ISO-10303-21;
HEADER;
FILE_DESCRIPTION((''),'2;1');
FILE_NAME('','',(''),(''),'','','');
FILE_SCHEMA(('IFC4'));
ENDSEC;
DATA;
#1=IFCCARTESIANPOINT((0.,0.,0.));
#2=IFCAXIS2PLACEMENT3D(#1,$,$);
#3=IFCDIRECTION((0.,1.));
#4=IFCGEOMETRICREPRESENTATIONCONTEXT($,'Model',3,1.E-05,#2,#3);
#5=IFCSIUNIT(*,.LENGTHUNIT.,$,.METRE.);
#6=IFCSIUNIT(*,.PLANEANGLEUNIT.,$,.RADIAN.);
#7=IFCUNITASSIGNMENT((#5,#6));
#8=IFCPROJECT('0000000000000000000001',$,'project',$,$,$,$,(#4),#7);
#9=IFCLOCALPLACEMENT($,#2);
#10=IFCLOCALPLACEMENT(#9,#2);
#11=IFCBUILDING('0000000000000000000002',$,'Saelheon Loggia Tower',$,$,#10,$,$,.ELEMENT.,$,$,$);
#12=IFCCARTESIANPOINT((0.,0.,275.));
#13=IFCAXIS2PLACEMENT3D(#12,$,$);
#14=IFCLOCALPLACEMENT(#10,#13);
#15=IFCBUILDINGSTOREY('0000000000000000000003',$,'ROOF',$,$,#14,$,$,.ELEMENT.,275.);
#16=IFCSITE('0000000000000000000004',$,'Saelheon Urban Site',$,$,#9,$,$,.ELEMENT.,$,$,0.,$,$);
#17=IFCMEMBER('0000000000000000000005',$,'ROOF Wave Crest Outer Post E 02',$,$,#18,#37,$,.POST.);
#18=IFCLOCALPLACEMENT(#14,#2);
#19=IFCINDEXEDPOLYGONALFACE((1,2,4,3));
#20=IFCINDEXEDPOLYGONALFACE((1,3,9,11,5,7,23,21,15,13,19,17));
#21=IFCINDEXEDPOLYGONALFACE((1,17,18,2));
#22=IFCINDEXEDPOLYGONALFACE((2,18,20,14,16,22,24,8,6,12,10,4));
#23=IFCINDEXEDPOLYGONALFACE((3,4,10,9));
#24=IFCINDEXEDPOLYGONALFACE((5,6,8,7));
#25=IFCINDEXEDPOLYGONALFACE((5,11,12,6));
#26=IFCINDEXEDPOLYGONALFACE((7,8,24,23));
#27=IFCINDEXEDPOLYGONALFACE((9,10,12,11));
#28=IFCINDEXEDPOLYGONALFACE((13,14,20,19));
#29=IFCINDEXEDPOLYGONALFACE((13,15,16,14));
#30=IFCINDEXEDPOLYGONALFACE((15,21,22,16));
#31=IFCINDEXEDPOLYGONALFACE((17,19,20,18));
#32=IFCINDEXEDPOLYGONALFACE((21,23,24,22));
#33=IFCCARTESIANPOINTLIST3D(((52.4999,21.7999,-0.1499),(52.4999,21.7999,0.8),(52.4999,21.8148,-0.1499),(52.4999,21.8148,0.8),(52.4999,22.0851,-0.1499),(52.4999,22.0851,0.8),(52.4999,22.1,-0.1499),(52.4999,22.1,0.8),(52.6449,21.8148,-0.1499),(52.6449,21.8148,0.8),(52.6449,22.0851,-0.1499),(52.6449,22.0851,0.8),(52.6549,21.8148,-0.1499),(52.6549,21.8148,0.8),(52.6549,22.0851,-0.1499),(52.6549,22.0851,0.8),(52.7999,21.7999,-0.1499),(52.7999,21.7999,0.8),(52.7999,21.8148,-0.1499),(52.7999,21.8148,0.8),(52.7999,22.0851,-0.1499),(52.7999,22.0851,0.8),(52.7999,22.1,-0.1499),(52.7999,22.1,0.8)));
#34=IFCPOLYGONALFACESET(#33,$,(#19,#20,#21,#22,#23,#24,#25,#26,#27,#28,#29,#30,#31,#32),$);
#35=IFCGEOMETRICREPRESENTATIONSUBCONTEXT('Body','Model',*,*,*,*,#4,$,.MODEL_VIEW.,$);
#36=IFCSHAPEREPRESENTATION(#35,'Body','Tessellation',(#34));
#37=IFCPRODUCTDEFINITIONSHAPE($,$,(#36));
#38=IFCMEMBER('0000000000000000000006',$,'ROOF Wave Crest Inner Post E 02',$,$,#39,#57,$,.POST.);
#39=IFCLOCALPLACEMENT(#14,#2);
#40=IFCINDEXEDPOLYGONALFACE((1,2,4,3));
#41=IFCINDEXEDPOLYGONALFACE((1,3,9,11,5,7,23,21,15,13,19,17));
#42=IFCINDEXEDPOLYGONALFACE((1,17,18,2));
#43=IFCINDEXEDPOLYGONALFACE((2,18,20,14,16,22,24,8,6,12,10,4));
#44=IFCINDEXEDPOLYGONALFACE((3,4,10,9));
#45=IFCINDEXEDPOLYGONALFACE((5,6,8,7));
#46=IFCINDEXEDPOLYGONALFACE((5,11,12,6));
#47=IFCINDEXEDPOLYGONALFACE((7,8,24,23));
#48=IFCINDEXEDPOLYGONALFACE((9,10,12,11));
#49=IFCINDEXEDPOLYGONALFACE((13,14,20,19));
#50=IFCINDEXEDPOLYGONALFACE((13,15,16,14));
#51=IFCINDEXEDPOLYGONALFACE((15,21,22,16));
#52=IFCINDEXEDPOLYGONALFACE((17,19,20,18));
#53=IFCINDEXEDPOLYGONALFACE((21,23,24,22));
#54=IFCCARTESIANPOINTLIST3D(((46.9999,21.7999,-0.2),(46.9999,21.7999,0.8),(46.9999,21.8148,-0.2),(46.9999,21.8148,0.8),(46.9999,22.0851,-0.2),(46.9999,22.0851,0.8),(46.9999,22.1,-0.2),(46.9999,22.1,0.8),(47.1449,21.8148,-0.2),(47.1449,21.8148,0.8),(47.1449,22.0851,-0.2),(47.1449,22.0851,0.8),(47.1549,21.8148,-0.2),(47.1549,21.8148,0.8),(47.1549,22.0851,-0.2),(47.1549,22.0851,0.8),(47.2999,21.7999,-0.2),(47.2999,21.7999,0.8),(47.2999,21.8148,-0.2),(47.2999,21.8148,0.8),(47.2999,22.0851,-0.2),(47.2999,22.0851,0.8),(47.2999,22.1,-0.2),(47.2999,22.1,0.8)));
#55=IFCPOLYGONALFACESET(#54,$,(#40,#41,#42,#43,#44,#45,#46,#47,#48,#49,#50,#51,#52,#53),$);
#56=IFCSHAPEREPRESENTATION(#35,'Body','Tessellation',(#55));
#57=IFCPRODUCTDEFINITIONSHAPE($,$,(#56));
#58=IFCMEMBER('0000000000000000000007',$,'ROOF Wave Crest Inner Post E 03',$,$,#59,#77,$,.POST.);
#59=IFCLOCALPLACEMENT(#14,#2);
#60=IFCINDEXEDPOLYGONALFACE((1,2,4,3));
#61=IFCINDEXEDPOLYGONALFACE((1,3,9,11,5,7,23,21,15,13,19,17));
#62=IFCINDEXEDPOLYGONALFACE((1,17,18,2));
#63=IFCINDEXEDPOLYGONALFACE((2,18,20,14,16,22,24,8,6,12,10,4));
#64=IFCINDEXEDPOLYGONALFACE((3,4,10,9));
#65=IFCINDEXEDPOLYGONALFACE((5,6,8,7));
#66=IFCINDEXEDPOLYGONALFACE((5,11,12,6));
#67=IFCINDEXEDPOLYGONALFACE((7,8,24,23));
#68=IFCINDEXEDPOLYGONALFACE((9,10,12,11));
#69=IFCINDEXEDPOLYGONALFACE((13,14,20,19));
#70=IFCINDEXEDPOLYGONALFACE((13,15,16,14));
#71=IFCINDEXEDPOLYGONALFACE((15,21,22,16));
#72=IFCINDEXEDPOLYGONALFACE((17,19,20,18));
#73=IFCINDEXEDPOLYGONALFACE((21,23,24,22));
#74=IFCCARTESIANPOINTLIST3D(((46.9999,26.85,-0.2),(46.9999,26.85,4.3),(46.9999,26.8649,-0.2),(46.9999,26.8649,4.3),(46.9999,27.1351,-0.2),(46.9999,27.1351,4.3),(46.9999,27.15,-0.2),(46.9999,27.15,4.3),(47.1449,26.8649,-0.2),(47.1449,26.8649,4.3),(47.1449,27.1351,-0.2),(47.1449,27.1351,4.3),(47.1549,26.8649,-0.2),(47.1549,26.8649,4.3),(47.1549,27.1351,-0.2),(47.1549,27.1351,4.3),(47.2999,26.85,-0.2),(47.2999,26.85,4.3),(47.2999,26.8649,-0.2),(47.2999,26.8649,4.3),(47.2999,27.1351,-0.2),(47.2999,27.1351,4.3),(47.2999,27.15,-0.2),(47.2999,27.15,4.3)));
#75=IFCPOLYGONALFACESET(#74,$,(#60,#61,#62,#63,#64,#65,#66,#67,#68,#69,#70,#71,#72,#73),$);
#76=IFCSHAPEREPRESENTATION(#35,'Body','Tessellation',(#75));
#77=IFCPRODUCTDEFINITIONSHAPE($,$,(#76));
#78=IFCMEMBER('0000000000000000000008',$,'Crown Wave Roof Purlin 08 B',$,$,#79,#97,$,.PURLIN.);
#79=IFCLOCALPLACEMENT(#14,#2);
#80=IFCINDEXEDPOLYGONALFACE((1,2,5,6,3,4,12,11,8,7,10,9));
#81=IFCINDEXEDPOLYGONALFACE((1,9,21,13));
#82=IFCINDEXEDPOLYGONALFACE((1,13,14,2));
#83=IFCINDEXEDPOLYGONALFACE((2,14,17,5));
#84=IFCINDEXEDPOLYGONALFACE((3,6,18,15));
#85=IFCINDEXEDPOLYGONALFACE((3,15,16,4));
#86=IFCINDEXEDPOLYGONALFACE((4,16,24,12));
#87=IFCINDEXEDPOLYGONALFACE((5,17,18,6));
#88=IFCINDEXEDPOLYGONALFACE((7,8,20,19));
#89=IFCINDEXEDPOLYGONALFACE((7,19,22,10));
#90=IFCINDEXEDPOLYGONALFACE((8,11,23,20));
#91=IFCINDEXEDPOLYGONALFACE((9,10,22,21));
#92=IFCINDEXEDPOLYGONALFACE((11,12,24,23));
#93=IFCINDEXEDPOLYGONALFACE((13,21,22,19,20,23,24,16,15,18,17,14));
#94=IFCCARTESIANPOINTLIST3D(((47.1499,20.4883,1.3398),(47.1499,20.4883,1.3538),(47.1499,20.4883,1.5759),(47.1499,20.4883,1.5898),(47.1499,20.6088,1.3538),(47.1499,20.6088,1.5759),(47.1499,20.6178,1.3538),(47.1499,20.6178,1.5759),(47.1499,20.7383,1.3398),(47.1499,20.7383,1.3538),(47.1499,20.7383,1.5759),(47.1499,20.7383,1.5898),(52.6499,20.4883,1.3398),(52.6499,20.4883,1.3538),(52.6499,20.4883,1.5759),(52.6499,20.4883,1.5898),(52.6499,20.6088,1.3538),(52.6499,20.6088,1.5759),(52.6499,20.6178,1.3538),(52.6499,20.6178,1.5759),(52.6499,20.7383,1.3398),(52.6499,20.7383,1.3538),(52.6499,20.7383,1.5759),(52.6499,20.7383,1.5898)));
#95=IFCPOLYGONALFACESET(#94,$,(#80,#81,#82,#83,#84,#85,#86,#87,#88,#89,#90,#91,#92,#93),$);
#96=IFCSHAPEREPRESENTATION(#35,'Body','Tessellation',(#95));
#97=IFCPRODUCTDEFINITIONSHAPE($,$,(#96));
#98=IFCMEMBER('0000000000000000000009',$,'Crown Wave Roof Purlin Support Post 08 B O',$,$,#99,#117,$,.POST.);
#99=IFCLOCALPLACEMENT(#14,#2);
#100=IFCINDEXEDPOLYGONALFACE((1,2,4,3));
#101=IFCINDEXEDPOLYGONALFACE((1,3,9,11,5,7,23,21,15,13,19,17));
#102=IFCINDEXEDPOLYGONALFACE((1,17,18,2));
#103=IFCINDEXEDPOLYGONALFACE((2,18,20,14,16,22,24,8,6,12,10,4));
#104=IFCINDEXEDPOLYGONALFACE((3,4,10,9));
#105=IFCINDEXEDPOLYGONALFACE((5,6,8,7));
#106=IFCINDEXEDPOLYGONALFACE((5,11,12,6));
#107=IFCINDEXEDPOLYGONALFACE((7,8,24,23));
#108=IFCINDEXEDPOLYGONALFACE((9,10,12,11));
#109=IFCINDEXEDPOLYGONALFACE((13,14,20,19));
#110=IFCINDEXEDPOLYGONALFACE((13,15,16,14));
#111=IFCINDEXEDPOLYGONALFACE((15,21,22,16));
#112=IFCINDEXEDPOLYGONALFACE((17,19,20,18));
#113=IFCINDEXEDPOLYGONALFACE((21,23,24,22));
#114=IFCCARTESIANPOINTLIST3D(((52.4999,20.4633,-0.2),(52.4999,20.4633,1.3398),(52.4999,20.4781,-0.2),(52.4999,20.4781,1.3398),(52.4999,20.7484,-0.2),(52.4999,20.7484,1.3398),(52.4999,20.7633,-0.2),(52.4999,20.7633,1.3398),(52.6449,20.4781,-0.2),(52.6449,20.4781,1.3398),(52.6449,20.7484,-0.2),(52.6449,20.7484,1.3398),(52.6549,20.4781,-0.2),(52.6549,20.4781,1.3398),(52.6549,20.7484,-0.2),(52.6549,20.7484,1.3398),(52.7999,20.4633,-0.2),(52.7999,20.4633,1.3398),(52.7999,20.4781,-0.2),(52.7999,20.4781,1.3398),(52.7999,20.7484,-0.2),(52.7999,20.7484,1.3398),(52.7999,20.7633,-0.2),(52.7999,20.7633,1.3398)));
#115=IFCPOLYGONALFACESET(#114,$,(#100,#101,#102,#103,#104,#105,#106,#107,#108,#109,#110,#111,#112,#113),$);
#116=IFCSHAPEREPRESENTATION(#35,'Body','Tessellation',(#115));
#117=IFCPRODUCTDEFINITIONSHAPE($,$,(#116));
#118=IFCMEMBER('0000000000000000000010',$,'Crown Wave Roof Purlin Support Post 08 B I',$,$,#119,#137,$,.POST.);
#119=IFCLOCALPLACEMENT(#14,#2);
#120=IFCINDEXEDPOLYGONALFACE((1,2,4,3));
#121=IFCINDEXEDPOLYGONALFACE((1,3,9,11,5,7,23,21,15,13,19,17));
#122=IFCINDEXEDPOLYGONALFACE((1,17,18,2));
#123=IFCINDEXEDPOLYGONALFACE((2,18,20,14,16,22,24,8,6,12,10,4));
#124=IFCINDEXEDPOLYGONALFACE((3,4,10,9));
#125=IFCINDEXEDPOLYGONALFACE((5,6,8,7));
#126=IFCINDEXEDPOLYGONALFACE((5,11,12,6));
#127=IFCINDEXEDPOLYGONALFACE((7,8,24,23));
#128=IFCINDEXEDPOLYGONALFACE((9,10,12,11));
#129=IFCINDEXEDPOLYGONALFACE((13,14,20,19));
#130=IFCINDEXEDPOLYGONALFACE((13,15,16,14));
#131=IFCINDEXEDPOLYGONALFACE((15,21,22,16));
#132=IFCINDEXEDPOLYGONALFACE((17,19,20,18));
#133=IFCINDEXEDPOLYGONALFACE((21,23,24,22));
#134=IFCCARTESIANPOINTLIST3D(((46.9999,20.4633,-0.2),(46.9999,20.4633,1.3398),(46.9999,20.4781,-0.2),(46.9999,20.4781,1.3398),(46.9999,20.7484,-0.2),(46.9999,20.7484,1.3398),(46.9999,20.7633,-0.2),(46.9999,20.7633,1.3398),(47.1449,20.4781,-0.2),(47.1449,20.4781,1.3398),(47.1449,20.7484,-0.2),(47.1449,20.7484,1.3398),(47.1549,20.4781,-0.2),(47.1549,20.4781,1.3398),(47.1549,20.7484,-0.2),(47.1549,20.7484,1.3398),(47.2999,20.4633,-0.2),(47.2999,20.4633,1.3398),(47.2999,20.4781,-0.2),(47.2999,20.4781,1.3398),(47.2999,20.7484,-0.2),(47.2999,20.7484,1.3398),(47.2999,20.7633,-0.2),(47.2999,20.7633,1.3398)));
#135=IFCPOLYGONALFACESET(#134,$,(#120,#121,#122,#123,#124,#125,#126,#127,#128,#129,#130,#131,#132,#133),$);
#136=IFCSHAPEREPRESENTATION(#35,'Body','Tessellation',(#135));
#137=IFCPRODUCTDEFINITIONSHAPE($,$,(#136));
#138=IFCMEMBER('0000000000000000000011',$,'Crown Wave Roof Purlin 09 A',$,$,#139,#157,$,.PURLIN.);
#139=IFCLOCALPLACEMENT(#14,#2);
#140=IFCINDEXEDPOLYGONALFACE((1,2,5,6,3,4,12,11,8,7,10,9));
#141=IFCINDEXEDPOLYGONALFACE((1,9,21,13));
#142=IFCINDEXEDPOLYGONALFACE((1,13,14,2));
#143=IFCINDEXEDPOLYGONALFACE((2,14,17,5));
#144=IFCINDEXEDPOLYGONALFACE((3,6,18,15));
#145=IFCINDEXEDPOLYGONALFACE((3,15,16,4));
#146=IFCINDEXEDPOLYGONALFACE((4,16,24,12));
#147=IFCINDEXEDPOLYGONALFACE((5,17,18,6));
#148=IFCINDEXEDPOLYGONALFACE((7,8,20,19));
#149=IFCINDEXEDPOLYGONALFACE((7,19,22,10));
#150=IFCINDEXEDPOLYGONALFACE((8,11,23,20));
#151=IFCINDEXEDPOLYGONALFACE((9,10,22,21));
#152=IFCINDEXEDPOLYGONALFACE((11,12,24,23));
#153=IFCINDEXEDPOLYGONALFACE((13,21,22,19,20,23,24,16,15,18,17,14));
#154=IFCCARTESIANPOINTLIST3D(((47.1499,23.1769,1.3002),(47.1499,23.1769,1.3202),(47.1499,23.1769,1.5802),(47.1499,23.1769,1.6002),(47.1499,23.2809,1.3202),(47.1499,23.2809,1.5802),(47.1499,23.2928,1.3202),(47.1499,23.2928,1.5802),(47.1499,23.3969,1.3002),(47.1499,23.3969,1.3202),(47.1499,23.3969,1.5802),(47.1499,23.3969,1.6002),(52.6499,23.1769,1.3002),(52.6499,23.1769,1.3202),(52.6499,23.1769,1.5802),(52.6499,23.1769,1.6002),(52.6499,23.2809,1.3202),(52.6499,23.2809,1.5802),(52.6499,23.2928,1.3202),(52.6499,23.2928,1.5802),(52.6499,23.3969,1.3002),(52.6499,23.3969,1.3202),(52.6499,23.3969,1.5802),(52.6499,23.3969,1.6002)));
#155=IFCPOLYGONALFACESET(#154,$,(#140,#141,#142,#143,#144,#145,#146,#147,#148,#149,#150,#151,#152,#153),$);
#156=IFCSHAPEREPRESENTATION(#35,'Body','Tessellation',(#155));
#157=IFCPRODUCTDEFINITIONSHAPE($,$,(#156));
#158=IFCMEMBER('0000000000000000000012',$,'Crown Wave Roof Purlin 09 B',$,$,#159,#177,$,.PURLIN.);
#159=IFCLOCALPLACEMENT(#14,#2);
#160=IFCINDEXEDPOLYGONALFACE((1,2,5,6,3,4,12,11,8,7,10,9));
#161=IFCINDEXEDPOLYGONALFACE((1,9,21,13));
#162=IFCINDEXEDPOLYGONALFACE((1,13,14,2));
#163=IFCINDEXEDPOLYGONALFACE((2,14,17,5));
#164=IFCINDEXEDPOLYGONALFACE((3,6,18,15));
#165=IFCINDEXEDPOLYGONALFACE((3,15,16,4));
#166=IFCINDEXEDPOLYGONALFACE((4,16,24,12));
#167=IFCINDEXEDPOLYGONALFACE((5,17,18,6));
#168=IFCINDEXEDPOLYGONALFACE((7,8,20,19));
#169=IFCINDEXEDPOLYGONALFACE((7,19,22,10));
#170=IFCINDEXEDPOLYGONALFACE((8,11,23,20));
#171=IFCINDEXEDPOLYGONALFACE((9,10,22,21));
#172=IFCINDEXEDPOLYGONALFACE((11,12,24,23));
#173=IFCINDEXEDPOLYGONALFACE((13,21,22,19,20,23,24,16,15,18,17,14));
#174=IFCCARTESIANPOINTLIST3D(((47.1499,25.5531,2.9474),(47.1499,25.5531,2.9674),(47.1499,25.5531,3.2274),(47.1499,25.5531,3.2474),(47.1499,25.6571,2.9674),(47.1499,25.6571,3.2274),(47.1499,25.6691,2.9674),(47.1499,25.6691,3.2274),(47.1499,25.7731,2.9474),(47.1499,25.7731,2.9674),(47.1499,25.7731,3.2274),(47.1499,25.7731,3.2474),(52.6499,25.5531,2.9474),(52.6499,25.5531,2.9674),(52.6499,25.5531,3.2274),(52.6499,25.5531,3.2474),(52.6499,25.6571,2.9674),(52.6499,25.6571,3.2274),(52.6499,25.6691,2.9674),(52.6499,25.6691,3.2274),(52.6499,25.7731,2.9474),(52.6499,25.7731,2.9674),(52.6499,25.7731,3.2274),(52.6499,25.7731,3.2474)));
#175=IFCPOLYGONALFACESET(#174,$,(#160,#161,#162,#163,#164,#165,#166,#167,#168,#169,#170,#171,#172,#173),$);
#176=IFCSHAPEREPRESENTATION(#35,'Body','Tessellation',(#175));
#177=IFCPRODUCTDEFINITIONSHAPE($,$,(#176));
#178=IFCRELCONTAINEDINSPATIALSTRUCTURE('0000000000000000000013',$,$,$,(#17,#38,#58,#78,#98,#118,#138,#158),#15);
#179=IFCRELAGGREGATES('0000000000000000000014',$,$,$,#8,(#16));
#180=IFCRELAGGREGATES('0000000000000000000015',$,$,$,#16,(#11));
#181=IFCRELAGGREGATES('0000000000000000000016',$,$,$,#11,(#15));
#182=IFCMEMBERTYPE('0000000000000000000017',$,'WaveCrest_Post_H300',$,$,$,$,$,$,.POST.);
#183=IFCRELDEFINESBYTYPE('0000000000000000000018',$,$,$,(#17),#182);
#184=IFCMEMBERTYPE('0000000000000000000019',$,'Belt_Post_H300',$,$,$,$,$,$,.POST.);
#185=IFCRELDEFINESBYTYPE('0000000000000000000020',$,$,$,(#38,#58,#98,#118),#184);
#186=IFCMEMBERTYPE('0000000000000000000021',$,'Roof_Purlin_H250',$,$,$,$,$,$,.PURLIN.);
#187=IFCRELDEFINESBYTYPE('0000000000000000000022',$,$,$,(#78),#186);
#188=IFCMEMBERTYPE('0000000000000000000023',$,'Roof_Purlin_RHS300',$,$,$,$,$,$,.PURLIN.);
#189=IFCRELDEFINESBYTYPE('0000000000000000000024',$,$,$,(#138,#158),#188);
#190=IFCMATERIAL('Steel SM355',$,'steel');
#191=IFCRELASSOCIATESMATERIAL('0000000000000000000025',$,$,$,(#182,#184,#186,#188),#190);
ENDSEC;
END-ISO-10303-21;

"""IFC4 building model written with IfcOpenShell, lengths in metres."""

from ifc_helpers import new_model, si_unit, direction, frame, origin, origin_2d, place, context, subcontext, project, spatial, i_section, extrude, source, transform, mapped, material, material_profile, profile_set, type_object, element, save


model = new_model("IFC4")

# Units and contexts
model_context = context("Model", 3, precision=1e-05, world=origin(), true_north=direction((0.0, 1.0)))
body_context = subcontext(model_context, "Body", "Model", "MODEL_VIEW")
ifc_project = project(units=[si_unit("LENGTHUNIT", "METRE"), si_unit("PLANEANGLEUNIT", "RADIAN")], contexts=[model_context])

# Site, building, storey
site_placement = place(None, origin())
site = spatial("IfcSite", under=ifc_project, at=site_placement, Name="Saelheon Urban Site", CompositionType="ELEMENT", RefElevation=0.0)
building_placement = place(site_placement, origin())
building = spatial("IfcBuilding", under=site, at=building_placement, Name="Saelheon Loggia Tower", CompositionType="ELEMENT")
storey_placement = place(building_placement, frame((0.0, 0.0, 275.0)))
storey = spatial("IfcBuildingStorey", under=building, at=storey_placement, Name="ROOF", CompositionType="ELEMENT", Elevation=275.0)

# Members
ifc_material_1 = material(Name="Steel SM355", Category="steel")
ifc_material_profile_1 = material_profile(ifc_material_1, i_section(OverallWidth=0.3, OverallDepth=0.3, WebThickness=0.01, FlangeThickness=0.0149, at=origin_2d()), Name="H-300x300x10x15")
ifc_profile_set_1 = profile_set([ifc_material_profile_1], Name="Steel SM355")
member_type_1 = type_object("IfcMemberType", Name="WaveCrest_Post_H300", PredefinedType="POST", material=ifc_profile_set_1)
shared_shape_1 = source(origin(), body_context, "Body", "SweptSolid", [
    extrude(i_section(OverallWidth=0.3, OverallDepth=0.3, WebThickness=0.01, FlangeThickness=0.0149, at=origin_2d()), origin(), (0.0, 0.0, 1.0), 0.95),
])
member_1_placement = place(storey_placement, frame((52.6499, 21.95, -0.1499), z_axis=(0.0, 0.0, 1.0), x_axis=(1.0, 0.0, 0.0)))
element("IfcMember", 1, at=member_1_placement, inside=storey, type_object=member_type_1, Name="ROOF Wave Crest Outer Post E 02", PredefinedType="POST", context=body_context, shape_type="MappedRepresentation", body=[
    mapped(shared_shape_1, transform((0.0, 0.0, 0.0), scale=1.0)),
])
ifc_material_profile_2 = material_profile(ifc_material_1, i_section(OverallWidth=0.3, OverallDepth=0.3, WebThickness=0.01, FlangeThickness=0.0149, at=origin_2d()), Name="H-300x300x10x15")
ifc_profile_set_2 = profile_set([ifc_material_profile_2], Name="Steel SM355")
member_type_2 = type_object("IfcMemberType", Name="Belt_Post_H300", PredefinedType="POST", material=ifc_profile_set_2)
shared_shape_2 = source(origin(), body_context, "Body", "SweptSolid", [
    extrude(i_section(OverallWidth=0.3, OverallDepth=0.3, WebThickness=0.01, FlangeThickness=0.0149, at=origin_2d()), origin(), (0.0, 0.0, 1.0), 1.0),
])
member_2_placement = place(storey_placement, frame((47.1499, 21.95, -0.2), z_axis=(0.0, 0.0, 1.0), x_axis=(1.0, 0.0, 0.0)))
element("IfcMember", 2, at=member_2_placement, inside=storey, type_object=member_type_2, Name="ROOF Wave Crest Inner Post E 02", PredefinedType="POST", context=body_context, shape_type="MappedRepresentation", body=[
    mapped(shared_shape_2, transform((0.0, 0.0, 0.0), scale=1.0)),
])
shared_shape_3 = source(origin(), body_context, "Body", "SweptSolid", [
    extrude(i_section(OverallWidth=0.3, OverallDepth=0.3, WebThickness=0.01, FlangeThickness=0.0149, at=origin_2d()), origin(), (0.0, 0.0, 1.0), 4.5),
])
member_3_placement = place(storey_placement, frame((47.1499, 27.0, -0.2), z_axis=(0.0, 0.0, 1.0), x_axis=(1.0, 0.0, 0.0)))
element("IfcMember", 3, at=member_3_placement, inside=storey, type_object=member_type_2, Name="ROOF Wave Crest Inner Post E 03", PredefinedType="POST", context=body_context, shape_type="MappedRepresentation", body=[
    mapped(shared_shape_3, transform((0.0, 0.0, 0.0), scale=1.0)),
])
ifc_material_profile_3 = material_profile(ifc_material_1, i_section(OverallWidth=0.25, OverallDepth=0.25, WebThickness=0.009, FlangeThickness=0.0139, at=origin_2d()), Name="H-250x250x9x14")
ifc_profile_set_3 = profile_set([ifc_material_profile_3], Name="Steel SM355")
member_type_3 = type_object("IfcMemberType", Name="Roof_Purlin_H250", PredefinedType="PURLIN", material=ifc_profile_set_3)
shared_shape_4 = source(origin(), body_context, "Body", "SweptSolid", [
    extrude(i_section(OverallWidth=0.25, OverallDepth=0.25, WebThickness=0.009, FlangeThickness=0.0139, at=origin_2d()), origin(), (0.0, 0.0, 1.0), 5.5),
])
member_4_placement = place(storey_placement, frame((52.6499, 20.6133, 1.4648), z_axis=(-1.0, 0.0, 0.0), x_axis=(0.0, -1.0, 0.0)))
element("IfcMember", 4, at=member_4_placement, inside=storey, type_object=member_type_3, Name="Crown Wave Roof Purlin 08 B", PredefinedType="PURLIN", context=body_context, shape_type="MappedRepresentation", body=[
    mapped(shared_shape_4, transform((0.0, 0.0, 0.0), scale=1.0)),
])
shared_shape_5 = source(origin(), body_context, "Body", "SweptSolid", [
    extrude(i_section(OverallWidth=0.3, OverallDepth=0.3, WebThickness=0.01, FlangeThickness=0.0149, at=origin_2d()), origin(), (0.0, 0.0, 1.0), 1.5398),
])
for number, where, z_axis, x_axis, name in (
    (5, (52.6499, 20.6133, -0.2), (0.0, 0.0, 1.0), (1.0, 0.0, 0.0), "Crown Wave Roof Purlin Support Post 08 B O"),
    (6, (47.1499, 20.6133, -0.2), (0.0, 0.0, 1.0), (1.0, 0.0, 0.0), "Crown Wave Roof Purlin Support Post 08 B I"),
):
    element("IfcMember", number, at=place(storey_placement, frame(where, z_axis=z_axis, x_axis=x_axis)), inside=storey, type_object=member_type_2, Name=name, PredefinedType="POST", context=body_context, shape_type="MappedRepresentation", body=[
        mapped(shared_shape_5, transform((0.0, 0.0, 0.0), scale=1.0)),
    ])
ifc_material_profile_4 = material_profile(ifc_material_1, i_section(OverallWidth=0.22, OverallDepth=0.3, WebThickness=0.012, FlangeThickness=0.02, at=origin_2d()), Name="H-300x220x12x20")
ifc_profile_set_4 = profile_set([ifc_material_profile_4], Name="Steel SM355")
member_type_4 = type_object("IfcMemberType", Name="Roof_Purlin_RHS300", PredefinedType="PURLIN", material=ifc_profile_set_4)
shared_shape_6 = source(origin(), body_context, "Body", "SweptSolid", [
    extrude(i_section(OverallWidth=0.22, OverallDepth=0.3, WebThickness=0.012, FlangeThickness=0.02, at=origin_2d()), origin(), (0.0, 0.0, 1.0), 5.5),
])
for number, where, z_axis, x_axis, name in (
    (7, (52.6499, 23.2869, 1.4502), (-1.0, 0.0, 0.0), (0.0, -1.0, 0.0), "Crown Wave Roof Purlin 09 A"),
    (8, (52.6499, 25.6631, 3.0974), (-1.0, 0.0, 0.0), (0.0, -1.0, 0.0), "Crown Wave Roof Purlin 09 B"),
):
    element("IfcMember", number, at=place(storey_placement, frame(where, z_axis=z_axis, x_axis=x_axis)), inside=storey, type_object=member_type_4, Name=name, PredefinedType="PURLIN", context=body_context, shape_type="MappedRepresentation", body=[
        mapped(shared_shape_6, transform((0.0, 0.0, 0.0), scale=1.0)),
    ])

save(model, "model.ifc")
